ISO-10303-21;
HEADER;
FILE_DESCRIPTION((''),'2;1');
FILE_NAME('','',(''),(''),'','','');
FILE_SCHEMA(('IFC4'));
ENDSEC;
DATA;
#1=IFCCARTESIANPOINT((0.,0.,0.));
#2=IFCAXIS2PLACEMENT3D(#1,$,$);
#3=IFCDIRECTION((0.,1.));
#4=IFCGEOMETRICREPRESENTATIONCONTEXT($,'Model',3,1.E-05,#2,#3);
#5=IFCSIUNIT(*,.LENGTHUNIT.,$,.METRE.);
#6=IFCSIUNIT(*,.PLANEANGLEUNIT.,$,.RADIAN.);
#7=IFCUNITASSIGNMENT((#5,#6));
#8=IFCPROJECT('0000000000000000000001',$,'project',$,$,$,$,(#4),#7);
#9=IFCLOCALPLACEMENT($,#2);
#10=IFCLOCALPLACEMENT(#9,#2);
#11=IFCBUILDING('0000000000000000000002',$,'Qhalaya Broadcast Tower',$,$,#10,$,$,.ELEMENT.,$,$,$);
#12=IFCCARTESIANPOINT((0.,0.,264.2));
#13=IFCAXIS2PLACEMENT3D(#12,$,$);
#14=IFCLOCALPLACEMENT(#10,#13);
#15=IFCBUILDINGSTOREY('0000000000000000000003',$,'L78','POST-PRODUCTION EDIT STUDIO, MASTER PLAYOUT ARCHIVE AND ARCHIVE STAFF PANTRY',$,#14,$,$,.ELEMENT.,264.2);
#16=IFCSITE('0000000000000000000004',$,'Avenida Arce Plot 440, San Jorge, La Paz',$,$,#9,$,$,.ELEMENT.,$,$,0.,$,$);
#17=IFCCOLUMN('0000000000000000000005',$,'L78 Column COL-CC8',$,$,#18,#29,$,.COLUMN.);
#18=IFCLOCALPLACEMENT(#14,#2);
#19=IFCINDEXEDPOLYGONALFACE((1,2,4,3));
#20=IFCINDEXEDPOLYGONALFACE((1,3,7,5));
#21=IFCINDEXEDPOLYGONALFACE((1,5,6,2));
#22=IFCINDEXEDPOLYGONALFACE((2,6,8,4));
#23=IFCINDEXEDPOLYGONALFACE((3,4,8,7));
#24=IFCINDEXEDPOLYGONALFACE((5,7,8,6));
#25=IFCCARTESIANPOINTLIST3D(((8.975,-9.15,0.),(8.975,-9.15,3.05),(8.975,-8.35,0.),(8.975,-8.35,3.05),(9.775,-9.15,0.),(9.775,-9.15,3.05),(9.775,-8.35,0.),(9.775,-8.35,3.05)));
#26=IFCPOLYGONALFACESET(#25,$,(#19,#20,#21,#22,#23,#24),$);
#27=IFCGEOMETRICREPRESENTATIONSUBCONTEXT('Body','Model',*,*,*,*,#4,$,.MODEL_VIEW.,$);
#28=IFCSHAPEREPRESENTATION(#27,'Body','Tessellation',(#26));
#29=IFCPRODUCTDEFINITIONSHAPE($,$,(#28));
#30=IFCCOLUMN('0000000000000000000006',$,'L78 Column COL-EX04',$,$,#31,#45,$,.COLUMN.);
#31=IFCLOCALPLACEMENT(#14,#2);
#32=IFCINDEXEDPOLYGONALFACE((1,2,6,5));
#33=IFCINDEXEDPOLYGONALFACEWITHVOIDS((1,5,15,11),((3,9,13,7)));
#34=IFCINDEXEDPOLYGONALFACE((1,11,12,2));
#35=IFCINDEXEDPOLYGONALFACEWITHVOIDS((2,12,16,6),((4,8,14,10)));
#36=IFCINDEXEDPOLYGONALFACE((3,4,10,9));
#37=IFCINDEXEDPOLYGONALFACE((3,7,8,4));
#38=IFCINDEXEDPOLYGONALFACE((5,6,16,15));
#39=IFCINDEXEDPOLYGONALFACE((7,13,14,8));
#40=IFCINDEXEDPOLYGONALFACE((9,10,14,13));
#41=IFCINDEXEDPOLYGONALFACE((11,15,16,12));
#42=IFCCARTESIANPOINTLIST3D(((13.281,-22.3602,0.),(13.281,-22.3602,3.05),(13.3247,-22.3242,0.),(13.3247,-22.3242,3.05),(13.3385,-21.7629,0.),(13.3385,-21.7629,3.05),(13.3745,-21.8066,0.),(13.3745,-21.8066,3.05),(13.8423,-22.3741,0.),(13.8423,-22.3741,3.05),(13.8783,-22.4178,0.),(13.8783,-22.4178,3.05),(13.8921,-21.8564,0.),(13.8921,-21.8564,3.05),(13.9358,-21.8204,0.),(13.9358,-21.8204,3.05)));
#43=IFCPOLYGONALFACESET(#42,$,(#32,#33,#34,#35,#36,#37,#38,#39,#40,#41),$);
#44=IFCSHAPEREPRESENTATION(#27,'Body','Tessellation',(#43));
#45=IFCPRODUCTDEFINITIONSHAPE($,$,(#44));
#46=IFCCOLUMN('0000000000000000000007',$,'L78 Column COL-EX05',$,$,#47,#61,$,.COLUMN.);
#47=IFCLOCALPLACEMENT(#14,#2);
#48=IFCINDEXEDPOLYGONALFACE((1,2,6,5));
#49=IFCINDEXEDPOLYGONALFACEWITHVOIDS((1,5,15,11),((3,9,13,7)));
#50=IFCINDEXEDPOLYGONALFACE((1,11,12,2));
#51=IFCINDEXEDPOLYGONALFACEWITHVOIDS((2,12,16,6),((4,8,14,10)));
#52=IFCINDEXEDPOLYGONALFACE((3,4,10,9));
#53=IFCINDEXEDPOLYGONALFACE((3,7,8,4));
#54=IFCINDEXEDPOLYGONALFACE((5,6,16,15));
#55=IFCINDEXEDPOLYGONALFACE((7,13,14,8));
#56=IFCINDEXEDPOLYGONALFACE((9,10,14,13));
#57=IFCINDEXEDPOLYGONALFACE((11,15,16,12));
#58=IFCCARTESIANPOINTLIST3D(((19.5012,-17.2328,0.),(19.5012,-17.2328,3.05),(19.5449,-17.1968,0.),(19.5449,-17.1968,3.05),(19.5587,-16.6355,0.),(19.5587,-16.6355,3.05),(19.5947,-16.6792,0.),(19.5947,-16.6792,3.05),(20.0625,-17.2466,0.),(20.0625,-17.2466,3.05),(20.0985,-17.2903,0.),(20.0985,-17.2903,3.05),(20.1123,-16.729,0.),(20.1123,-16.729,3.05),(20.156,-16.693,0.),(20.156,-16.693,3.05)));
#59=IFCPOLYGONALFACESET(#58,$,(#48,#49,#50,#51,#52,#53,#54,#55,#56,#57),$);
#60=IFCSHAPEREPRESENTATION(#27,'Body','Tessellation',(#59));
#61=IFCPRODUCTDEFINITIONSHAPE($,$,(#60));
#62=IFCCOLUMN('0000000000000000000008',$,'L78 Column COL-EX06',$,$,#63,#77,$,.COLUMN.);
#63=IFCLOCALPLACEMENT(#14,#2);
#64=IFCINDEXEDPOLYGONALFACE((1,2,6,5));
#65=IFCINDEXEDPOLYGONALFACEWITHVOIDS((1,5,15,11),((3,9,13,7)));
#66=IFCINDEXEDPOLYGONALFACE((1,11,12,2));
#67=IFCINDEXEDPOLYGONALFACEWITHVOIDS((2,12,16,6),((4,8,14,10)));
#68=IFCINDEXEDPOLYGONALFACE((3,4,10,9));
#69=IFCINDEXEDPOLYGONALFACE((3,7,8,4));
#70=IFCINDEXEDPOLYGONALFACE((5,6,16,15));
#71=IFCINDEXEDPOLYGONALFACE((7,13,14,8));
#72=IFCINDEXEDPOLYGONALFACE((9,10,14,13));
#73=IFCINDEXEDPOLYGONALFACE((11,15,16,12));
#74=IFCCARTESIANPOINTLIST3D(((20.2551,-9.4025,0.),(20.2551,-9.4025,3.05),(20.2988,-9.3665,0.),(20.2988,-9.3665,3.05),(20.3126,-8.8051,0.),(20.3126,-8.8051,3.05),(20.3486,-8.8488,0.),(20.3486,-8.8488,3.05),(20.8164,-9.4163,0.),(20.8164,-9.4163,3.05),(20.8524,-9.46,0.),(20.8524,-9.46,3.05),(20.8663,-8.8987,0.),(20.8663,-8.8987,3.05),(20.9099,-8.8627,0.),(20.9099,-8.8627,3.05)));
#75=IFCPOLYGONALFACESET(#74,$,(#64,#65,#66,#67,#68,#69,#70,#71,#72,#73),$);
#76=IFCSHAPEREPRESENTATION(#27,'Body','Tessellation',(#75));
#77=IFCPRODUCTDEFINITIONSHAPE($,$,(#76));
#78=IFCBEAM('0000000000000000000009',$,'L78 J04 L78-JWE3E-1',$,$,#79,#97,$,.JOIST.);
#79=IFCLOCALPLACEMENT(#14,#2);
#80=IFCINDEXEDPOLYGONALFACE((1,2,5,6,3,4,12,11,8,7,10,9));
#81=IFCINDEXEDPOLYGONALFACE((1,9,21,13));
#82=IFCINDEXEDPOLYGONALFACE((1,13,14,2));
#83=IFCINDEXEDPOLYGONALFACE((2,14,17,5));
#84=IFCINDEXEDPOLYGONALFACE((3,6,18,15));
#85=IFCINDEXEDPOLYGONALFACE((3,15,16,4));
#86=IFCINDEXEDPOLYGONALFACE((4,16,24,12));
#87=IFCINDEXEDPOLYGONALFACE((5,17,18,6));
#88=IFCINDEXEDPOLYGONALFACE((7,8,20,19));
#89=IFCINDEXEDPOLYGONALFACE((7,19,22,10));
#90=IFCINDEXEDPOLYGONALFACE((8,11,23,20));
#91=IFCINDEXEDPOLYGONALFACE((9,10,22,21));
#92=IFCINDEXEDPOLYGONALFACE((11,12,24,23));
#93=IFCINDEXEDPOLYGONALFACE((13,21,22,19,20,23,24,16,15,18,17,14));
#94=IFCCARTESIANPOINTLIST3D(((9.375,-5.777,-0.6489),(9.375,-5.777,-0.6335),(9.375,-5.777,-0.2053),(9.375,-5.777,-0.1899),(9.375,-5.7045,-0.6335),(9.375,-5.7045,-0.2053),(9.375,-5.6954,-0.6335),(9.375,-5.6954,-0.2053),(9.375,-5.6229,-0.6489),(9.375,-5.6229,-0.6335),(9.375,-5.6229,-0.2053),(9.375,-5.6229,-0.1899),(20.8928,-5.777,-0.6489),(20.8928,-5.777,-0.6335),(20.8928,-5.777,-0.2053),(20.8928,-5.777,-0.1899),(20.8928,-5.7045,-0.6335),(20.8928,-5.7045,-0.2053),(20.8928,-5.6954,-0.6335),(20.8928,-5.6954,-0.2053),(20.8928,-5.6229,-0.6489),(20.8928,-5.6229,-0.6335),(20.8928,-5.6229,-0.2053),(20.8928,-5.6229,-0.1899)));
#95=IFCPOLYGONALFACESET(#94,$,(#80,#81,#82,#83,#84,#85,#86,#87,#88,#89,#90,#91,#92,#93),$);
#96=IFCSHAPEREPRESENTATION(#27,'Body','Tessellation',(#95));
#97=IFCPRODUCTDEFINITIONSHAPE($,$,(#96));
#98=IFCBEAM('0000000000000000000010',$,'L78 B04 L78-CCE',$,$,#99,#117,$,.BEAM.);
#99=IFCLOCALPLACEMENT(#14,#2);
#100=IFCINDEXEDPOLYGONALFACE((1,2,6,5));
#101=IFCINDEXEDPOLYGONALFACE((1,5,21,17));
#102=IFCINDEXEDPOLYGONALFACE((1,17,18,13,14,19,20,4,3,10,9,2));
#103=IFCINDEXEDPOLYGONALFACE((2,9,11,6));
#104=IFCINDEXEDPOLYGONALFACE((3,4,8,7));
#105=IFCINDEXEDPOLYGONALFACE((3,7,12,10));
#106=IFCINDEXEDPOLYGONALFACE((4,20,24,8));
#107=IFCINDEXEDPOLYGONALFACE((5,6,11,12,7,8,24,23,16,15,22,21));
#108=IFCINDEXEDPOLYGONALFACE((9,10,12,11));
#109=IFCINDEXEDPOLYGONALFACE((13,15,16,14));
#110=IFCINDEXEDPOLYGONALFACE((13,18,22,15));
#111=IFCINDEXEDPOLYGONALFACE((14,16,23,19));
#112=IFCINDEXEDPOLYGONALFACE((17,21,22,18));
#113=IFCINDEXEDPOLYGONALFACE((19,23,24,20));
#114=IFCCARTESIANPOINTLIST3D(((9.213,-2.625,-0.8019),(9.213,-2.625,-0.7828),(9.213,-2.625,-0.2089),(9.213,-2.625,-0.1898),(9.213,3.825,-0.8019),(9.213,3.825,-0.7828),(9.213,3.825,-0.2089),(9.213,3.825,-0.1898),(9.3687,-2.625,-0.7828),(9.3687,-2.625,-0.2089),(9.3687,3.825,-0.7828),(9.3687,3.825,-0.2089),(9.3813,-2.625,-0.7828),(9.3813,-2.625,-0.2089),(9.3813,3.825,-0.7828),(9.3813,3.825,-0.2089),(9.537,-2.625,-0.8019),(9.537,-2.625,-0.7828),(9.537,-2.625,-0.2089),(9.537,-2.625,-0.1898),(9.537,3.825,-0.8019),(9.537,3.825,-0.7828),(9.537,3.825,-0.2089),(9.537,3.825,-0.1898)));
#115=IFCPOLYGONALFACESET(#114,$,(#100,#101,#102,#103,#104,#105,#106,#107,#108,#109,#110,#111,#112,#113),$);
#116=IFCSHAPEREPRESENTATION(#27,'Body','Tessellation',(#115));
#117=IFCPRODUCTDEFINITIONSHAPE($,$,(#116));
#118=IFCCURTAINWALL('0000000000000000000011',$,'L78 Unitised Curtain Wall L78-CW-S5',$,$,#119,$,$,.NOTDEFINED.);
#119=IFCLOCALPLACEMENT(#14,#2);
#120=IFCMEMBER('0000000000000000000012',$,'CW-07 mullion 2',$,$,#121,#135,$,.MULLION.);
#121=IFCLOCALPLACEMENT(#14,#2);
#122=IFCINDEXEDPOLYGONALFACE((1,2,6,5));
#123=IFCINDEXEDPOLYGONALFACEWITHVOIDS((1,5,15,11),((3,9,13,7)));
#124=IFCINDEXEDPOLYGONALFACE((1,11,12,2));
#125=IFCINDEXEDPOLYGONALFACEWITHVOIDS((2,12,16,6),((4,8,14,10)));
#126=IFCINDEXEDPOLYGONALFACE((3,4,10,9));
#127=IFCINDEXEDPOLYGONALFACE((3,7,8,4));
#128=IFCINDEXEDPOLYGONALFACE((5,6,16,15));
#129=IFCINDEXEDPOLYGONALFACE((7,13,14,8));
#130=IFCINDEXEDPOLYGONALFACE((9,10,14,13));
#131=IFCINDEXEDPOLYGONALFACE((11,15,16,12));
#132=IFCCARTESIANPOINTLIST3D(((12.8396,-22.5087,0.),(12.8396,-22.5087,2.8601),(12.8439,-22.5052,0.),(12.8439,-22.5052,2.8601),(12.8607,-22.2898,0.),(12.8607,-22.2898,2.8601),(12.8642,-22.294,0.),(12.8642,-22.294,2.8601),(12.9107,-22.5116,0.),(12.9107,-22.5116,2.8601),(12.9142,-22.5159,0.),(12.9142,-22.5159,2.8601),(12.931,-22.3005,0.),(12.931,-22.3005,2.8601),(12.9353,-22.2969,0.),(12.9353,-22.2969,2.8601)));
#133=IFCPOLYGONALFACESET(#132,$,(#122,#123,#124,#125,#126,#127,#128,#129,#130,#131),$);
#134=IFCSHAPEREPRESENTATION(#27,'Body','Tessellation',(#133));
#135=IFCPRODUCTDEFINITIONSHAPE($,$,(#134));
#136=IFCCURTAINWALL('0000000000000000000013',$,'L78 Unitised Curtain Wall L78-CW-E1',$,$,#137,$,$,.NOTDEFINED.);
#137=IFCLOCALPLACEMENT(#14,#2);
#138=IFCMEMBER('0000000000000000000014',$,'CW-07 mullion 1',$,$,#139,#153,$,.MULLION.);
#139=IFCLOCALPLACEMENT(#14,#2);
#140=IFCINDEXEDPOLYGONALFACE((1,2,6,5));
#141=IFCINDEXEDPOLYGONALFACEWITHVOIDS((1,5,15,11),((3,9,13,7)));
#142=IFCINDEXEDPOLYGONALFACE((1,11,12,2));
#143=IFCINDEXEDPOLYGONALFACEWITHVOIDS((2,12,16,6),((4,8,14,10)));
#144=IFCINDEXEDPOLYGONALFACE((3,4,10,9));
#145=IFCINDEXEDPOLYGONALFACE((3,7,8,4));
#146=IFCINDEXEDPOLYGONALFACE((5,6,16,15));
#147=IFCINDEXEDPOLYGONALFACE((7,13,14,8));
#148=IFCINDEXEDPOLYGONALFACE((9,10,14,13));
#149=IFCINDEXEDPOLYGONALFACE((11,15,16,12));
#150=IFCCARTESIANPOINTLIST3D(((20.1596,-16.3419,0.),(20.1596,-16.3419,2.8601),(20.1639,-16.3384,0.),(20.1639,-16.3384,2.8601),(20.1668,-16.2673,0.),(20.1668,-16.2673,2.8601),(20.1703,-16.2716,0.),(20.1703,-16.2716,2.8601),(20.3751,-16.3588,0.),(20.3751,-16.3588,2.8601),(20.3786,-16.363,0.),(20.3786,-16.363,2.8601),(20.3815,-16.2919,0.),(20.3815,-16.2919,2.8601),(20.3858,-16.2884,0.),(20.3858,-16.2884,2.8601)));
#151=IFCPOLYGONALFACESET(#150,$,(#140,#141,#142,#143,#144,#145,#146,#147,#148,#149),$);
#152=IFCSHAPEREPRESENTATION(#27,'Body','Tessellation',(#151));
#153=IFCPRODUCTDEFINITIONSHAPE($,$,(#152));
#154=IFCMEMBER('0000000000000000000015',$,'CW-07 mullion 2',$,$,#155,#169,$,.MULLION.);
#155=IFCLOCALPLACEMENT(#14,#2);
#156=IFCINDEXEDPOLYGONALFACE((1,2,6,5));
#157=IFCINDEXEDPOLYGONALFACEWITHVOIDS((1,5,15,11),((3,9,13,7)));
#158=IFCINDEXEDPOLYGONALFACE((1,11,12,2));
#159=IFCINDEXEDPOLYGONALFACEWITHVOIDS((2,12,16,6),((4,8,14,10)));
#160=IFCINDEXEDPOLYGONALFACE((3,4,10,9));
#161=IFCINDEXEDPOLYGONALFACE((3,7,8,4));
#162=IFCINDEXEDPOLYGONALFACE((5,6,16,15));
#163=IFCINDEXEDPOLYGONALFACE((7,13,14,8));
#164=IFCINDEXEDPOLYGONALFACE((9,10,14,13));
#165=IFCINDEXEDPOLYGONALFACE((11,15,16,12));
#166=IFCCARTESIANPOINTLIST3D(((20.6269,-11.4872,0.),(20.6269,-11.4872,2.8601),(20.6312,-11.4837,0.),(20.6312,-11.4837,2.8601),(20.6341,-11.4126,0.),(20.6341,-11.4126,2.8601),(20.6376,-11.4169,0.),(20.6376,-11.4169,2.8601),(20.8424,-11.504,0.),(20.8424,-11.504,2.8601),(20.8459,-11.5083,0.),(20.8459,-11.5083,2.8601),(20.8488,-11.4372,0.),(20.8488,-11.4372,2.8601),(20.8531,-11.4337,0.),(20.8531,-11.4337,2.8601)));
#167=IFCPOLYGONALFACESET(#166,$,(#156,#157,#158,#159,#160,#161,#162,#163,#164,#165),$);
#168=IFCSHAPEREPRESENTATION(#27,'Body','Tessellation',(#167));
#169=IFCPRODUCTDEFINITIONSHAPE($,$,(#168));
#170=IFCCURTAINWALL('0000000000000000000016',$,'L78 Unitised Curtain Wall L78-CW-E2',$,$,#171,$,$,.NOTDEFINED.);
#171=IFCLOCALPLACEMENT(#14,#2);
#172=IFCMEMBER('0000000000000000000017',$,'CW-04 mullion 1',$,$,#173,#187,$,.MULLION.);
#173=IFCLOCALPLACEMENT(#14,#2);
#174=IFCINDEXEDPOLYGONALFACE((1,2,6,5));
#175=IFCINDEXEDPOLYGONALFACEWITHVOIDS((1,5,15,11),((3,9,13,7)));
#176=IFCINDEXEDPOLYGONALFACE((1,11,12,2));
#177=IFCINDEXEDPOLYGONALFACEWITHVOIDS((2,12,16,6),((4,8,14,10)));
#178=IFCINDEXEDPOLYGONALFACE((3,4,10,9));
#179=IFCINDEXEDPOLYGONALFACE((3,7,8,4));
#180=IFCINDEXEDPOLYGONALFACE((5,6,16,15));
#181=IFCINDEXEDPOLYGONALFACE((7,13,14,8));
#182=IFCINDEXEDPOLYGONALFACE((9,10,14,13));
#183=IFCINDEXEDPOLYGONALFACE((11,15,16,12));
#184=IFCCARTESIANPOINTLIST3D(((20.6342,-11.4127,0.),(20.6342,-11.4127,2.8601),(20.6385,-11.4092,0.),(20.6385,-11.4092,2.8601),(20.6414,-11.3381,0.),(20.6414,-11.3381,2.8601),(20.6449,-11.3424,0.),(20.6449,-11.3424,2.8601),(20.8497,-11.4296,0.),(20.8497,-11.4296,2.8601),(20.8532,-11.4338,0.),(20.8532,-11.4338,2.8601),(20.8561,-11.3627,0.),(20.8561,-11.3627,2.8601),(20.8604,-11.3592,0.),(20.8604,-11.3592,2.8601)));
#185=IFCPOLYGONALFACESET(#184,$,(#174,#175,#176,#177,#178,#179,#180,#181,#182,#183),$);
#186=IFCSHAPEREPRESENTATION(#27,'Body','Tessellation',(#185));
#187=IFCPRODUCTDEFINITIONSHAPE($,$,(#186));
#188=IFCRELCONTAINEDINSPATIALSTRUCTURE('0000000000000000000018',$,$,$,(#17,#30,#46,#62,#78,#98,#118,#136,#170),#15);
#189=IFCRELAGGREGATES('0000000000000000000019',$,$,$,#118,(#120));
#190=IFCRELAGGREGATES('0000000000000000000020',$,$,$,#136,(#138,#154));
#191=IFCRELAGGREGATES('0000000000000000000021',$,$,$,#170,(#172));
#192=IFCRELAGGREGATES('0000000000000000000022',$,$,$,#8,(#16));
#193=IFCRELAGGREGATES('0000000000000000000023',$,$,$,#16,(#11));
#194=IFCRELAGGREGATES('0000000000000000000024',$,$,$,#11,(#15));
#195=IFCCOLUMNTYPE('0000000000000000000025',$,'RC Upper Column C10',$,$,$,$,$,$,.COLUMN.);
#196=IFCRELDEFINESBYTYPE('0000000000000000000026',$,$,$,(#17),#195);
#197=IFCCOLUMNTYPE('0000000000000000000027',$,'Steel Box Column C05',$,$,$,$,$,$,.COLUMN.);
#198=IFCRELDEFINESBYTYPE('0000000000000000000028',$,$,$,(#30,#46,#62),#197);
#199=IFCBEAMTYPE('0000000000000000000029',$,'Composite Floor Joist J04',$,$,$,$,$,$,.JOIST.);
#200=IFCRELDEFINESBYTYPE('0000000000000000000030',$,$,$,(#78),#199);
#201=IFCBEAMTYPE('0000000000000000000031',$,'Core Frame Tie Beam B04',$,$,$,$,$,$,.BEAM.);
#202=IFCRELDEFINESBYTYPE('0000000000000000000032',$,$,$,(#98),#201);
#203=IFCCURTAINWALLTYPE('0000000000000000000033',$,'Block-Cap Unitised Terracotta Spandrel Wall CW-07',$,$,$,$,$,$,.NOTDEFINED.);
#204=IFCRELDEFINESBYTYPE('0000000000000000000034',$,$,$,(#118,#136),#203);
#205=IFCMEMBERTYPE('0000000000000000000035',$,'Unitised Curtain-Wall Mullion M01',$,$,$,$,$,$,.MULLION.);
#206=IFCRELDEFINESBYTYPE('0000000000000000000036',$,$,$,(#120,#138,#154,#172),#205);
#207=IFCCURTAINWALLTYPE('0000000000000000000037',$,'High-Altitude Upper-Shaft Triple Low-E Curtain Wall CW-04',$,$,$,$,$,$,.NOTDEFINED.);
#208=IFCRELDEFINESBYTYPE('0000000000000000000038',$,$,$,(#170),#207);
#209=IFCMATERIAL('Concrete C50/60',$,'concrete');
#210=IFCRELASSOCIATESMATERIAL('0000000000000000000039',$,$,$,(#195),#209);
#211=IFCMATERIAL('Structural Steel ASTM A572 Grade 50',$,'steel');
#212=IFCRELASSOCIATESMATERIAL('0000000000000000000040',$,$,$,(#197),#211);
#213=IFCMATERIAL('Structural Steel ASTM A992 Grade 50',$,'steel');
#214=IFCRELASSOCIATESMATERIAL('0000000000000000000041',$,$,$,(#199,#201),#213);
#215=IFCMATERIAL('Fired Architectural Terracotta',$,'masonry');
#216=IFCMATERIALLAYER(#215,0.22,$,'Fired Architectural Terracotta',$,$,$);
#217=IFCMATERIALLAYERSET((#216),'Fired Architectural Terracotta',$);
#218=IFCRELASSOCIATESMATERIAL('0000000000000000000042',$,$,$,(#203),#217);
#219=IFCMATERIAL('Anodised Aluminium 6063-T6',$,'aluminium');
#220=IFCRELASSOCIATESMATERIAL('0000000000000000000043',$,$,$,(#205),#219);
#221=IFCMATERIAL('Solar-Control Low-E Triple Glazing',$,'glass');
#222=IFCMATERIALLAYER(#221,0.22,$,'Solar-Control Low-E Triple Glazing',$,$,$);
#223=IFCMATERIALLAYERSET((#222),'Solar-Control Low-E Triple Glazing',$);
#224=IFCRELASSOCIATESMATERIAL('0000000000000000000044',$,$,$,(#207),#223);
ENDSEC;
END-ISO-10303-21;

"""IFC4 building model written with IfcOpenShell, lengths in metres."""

from ifc_helpers import new_model, si_unit, direction, frame, origin, origin_2d, place, context, subcontext, project, spatial, rectangle, hollow_rectangle, i_section, extrude, material, layer, layer_set, material_profile, profile_set, type_object, element, aggregate, save


model = new_model("IFC4")

# Units and contexts
model_context = context("Model", 3, precision=1e-05, world=origin(), true_north=direction((0.0, 1.0)))
body_context = subcontext(model_context, "Body", "Model", "MODEL_VIEW")
ifc_project = project(units=[si_unit("LENGTHUNIT", "METRE"), si_unit("PLANEANGLEUNIT", "RADIAN")], contexts=[model_context])

# Site, building, storey
site_placement = place(None, origin())
site = spatial("IfcSite", under=ifc_project, at=site_placement, Name="Avenida Arce Plot 440, San Jorge, La Paz", CompositionType="ELEMENT", RefElevation=0.0)
building_placement = place(site_placement, origin())
building = spatial("IfcBuilding", under=site, at=building_placement, Name="Qhalaya Broadcast Tower", CompositionType="ELEMENT")
storey_placement = place(building_placement, frame((0.0, 0.0, 264.2)))
storey = spatial("IfcBuildingStorey", under=building, at=storey_placement, Name="L78", Description="POST-PRODUCTION EDIT STUDIO, MASTER PLAYOUT ARCHIVE AND ARCHIVE STAFF PANTRY", CompositionType="ELEMENT", Elevation=264.2)

# Columns
ifc_material_1 = material(Name="Concrete C50/60", Category="concrete")
ifc_material_profile_1 = material_profile(ifc_material_1, rectangle(XDim=0.8, YDim=0.8, at=origin_2d()), Name="RC-COL 800x800")
ifc_profile_set_1 = profile_set([ifc_material_profile_1], Name="Concrete C50/60")
column_type_1 = type_object("IfcColumnType", Name="RC Upper Column C10", PredefinedType="COLUMN", material=ifc_profile_set_1)
column_placement = place(storey_placement, frame((9.375, -8.75, 0.0), z_axis=(0.0, 0.0, 1.0), x_axis=(1.0, 0.0, 0.0)))
element("IfcColumn", 1, at=column_placement, inside=storey, type_object=column_type_1, Name="L78 Column COL-CC8", PredefinedType="COLUMN", context=body_context, shape_type="SweptSolid", body=[
    extrude(rectangle(XDim=0.8, YDim=0.8, at=origin_2d()), origin(), (0.0, 0.0, 1.0), 3.05),
])
ifc_material_2 = material(Name="Structural Steel ASTM A572 Grade 50", Category="steel")
ifc_material_profile_2 = material_profile(ifc_material_2, hollow_rectangle(XDim=0.6001, YDim=0.6001, WallThickness=0.04, at=origin_2d()), Name="BOX 600x600x40")
ifc_profile_set_2 = profile_set([ifc_material_profile_2], Name="Structural Steel ASTM A572 Grade 50")
column_type_2 = type_object("IfcColumnType", Name="Steel Box Column C05", PredefinedType="COLUMN", material=ifc_profile_set_2)
for number, where, z_axis, x_axis, name in (
    (2, (13.6084, -22.0903, 0.0), (0.0, 0.0, 1.0), (0.995396, -0.095846, 0.0), "L78 Column COL-EX04"),
    (3, (19.8286, -16.9629, 0.0), (0.0, 0.0, 1.0), (0.095846, 0.995396, 0.0), "L78 Column COL-EX05"),
    (4, (20.5825, -9.1326, 0.0), (0.0, 0.0, 1.0), (0.095846, 0.995396, 0.0), "L78 Column COL-EX06"),
):
    element("IfcColumn", number, at=place(storey_placement, frame(where, z_axis=z_axis, x_axis=x_axis)), inside=storey, type_object=column_type_2, Name=name, PredefinedType="COLUMN", context=body_context, shape_type="SweptSolid", body=[
        extrude(hollow_rectangle(XDim=0.6001, YDim=0.6001, WallThickness=0.04, at=origin_2d()), origin(), (0.0, 0.0, 1.0), 3.05),
    ])

# Beams
ifc_material_3 = material(Name="Structural Steel ASTM A992 Grade 50", Category="steel")
ifc_material_profile_3 = material_profile(ifc_material_3, i_section(OverallWidth=0.1541, OverallDepth=0.459, WebThickness=0.009, FlangeThickness=0.0154, at=origin_2d()), Name="W18X46")
ifc_profile_set_3 = profile_set([ifc_material_profile_3], Name="Structural Steel ASTM A992 Grade 50")
beam_type_1 = type_object("IfcBeamType", Name="Composite Floor Joist J04", PredefinedType="JOIST", material=ifc_profile_set_3)
beam_1_placement = place(storey_placement, frame((9.375, -5.7, -0.4194), z_axis=(1.0, 0.0, 0.0), x_axis=(0.0, 1.0, 0.0)))
element("IfcBeam", 5, at=beam_1_placement, inside=storey, type_object=beam_type_1, Name="L78 J04 L78-JWE3E-1", PredefinedType="JOIST", context=body_context, shape_type="SweptSolid", body=[
    extrude(i_section(OverallWidth=0.1541, OverallDepth=0.459, WebThickness=0.009, FlangeThickness=0.0154, at=origin_2d()), origin(), (0.0, 0.0, 1.0), 11.5178),
])
ifc_material_profile_4 = material_profile(ifc_material_3, i_section(OverallWidth=0.324, OverallDepth=0.6121, WebThickness=0.0127, FlangeThickness=0.019, at=origin_2d()), Name="W24X104")
ifc_profile_set_4 = profile_set([ifc_material_profile_4], Name="Structural Steel ASTM A992 Grade 50")
beam_type_2 = type_object("IfcBeamType", Name="Core Frame Tie Beam B04", PredefinedType="BEAM", material=ifc_profile_set_4)
beam_2_placement = place(storey_placement, frame((9.375, -2.625, -0.4958), z_axis=(0.0, 1.0, 0.0), x_axis=(-1.0, 0.0, 0.0)))
element("IfcBeam", 6, at=beam_2_placement, inside=storey, type_object=beam_type_2, Name="L78 B04 L78-CCE", PredefinedType="BEAM", context=body_context, shape_type="SweptSolid", body=[
    extrude(i_section(OverallWidth=0.324, OverallDepth=0.6121, WebThickness=0.0127, FlangeThickness=0.019, at=origin_2d()), origin(), (0.0, 0.0, 1.0), 6.45),
])

# Curtain wall, member
ifc_material_4 = material(Name="Fired Architectural Terracotta", Category="masonry")
ifc_layer_1 = layer(ifc_material_4, 0.22, Name="Fired Architectural Terracotta")
ifc_layer_set_1 = layer_set([ifc_layer_1], Name="Fired Architectural Terracotta")
curtain_wall_type_1 = type_object("IfcCurtainWallType", Name="Block-Cap Unitised Terracotta Spandrel Wall CW-07", PredefinedType="NOTDEFINED", material=ifc_layer_set_1)
curtain_wall_1_placement = place(storey_placement, origin())
curtain_wall_1 = element("IfcCurtainWall", 7, at=curtain_wall_1_placement, inside=storey, type_object=curtain_wall_type_1, Name="L78 Unitised Curtain Wall L78-CW-S5", PredefinedType="NOTDEFINED")
ifc_material_5 = material(Name="Anodised Aluminium 6063-T6", Category="aluminium")
ifc_material_profile_5 = material_profile(ifc_material_5, hollow_rectangle(XDim=0.075, YDim=0.22, WallThickness=0.0039, at=origin_2d()), Name="ALU-MUL 75x220x4")
ifc_profile_set_5 = profile_set([ifc_material_profile_5], Name="Anodised Aluminium 6063-T6")
member_type_1 = type_object("IfcMemberType", Name="Unitised Curtain-Wall Mullion M01", PredefinedType="MULLION", material=ifc_profile_set_5)
member_1_placement = place(storey_placement, frame((12.8875, -22.4028, 0.0), z_axis=(0.0, 0.0, 1.0), x_axis=(0.995397, -0.095839, 0.0)))
member_1 = element("IfcMember", 8, at=member_1_placement, type_object=member_type_1, Name="CW-07 mullion 2", PredefinedType="MULLION", context=body_context, shape_type="SweptSolid", body=[
    extrude(hollow_rectangle(XDim=0.075, YDim=0.22, WallThickness=0.0039, at=origin_2d()), origin(), (0.0, 0.0, 1.0), 2.8601),
])

# Curtain walls, members
curtain_wall_2_placement = place(storey_placement, origin())
curtain_wall_2 = element("IfcCurtainWall", 9, at=curtain_wall_2_placement, inside=storey, type_object=curtain_wall_type_1, Name="L78 Unitised Curtain Wall L78-CW-E1", PredefinedType="NOTDEFINED")
member_2_placement = place(storey_placement, frame((20.2727, -16.3152, 0.0), z_axis=(0.0, 0.0, 1.0), x_axis=(0.09584, 0.995397, 0.0)))
member_2 = element("IfcMember", 10, at=member_2_placement, type_object=member_type_1, Name="CW-07 mullion 1", PredefinedType="MULLION", context=body_context, shape_type="SweptSolid", body=[
    extrude(hollow_rectangle(XDim=0.075, YDim=0.22, WallThickness=0.0039, at=origin_2d()), origin(), (0.0, 0.0, 1.0), 2.8601),
])
member_3_placement = place(storey_placement, frame((20.74, -11.4604, 0.0), z_axis=(0.0, 0.0, 1.0), x_axis=(0.09584, 0.995397, 0.0)))
member_3 = element("IfcMember", 11, at=member_3_placement, type_object=member_type_1, Name="CW-07 mullion 2", PredefinedType="MULLION", context=body_context, shape_type="SweptSolid", body=[
    extrude(hollow_rectangle(XDim=0.075, YDim=0.22, WallThickness=0.0039, at=origin_2d()), origin(), (0.0, 0.0, 1.0), 2.8601),
])
ifc_material_6 = material(Name="Solar-Control Low-E Triple Glazing", Category="glass")
ifc_layer_2 = layer(ifc_material_6, 0.22, Name="Solar-Control Low-E Triple Glazing")
ifc_layer_set_2 = layer_set([ifc_layer_2], Name="Solar-Control Low-E Triple Glazing")
curtain_wall_type_2 = type_object("IfcCurtainWallType", Name="High-Altitude Upper-Shaft Triple Low-E Curtain Wall CW-04", PredefinedType="NOTDEFINED", material=ifc_layer_set_2)
curtain_wall_3_placement = place(storey_placement, origin())
curtain_wall_3 = element("IfcCurtainWall", 12, at=curtain_wall_3_placement, inside=storey, type_object=curtain_wall_type_2, Name="L78 Unitised Curtain Wall L78-CW-E2", PredefinedType="NOTDEFINED")
member_4_placement = place(storey_placement, frame((20.7473, -11.386, 0.0), z_axis=(0.0, 0.0, 1.0), x_axis=(0.095859, 0.995395, 0.0)))
member_4 = element("IfcMember", 13, at=member_4_placement, type_object=member_type_1, Name="CW-04 mullion 1", PredefinedType="MULLION", context=body_context, shape_type="SweptSolid", body=[
    extrude(hollow_rectangle(XDim=0.075, YDim=0.22, WallThickness=0.0039, at=origin_2d()), origin(), (0.0, 0.0, 1.0), 2.8601),
])

aggregate(curtain_wall_1, [member_1])
aggregate(curtain_wall_2, [member_2, member_3])
aggregate(curtain_wall_3, [member_4])

save(model, "model.ifc")
